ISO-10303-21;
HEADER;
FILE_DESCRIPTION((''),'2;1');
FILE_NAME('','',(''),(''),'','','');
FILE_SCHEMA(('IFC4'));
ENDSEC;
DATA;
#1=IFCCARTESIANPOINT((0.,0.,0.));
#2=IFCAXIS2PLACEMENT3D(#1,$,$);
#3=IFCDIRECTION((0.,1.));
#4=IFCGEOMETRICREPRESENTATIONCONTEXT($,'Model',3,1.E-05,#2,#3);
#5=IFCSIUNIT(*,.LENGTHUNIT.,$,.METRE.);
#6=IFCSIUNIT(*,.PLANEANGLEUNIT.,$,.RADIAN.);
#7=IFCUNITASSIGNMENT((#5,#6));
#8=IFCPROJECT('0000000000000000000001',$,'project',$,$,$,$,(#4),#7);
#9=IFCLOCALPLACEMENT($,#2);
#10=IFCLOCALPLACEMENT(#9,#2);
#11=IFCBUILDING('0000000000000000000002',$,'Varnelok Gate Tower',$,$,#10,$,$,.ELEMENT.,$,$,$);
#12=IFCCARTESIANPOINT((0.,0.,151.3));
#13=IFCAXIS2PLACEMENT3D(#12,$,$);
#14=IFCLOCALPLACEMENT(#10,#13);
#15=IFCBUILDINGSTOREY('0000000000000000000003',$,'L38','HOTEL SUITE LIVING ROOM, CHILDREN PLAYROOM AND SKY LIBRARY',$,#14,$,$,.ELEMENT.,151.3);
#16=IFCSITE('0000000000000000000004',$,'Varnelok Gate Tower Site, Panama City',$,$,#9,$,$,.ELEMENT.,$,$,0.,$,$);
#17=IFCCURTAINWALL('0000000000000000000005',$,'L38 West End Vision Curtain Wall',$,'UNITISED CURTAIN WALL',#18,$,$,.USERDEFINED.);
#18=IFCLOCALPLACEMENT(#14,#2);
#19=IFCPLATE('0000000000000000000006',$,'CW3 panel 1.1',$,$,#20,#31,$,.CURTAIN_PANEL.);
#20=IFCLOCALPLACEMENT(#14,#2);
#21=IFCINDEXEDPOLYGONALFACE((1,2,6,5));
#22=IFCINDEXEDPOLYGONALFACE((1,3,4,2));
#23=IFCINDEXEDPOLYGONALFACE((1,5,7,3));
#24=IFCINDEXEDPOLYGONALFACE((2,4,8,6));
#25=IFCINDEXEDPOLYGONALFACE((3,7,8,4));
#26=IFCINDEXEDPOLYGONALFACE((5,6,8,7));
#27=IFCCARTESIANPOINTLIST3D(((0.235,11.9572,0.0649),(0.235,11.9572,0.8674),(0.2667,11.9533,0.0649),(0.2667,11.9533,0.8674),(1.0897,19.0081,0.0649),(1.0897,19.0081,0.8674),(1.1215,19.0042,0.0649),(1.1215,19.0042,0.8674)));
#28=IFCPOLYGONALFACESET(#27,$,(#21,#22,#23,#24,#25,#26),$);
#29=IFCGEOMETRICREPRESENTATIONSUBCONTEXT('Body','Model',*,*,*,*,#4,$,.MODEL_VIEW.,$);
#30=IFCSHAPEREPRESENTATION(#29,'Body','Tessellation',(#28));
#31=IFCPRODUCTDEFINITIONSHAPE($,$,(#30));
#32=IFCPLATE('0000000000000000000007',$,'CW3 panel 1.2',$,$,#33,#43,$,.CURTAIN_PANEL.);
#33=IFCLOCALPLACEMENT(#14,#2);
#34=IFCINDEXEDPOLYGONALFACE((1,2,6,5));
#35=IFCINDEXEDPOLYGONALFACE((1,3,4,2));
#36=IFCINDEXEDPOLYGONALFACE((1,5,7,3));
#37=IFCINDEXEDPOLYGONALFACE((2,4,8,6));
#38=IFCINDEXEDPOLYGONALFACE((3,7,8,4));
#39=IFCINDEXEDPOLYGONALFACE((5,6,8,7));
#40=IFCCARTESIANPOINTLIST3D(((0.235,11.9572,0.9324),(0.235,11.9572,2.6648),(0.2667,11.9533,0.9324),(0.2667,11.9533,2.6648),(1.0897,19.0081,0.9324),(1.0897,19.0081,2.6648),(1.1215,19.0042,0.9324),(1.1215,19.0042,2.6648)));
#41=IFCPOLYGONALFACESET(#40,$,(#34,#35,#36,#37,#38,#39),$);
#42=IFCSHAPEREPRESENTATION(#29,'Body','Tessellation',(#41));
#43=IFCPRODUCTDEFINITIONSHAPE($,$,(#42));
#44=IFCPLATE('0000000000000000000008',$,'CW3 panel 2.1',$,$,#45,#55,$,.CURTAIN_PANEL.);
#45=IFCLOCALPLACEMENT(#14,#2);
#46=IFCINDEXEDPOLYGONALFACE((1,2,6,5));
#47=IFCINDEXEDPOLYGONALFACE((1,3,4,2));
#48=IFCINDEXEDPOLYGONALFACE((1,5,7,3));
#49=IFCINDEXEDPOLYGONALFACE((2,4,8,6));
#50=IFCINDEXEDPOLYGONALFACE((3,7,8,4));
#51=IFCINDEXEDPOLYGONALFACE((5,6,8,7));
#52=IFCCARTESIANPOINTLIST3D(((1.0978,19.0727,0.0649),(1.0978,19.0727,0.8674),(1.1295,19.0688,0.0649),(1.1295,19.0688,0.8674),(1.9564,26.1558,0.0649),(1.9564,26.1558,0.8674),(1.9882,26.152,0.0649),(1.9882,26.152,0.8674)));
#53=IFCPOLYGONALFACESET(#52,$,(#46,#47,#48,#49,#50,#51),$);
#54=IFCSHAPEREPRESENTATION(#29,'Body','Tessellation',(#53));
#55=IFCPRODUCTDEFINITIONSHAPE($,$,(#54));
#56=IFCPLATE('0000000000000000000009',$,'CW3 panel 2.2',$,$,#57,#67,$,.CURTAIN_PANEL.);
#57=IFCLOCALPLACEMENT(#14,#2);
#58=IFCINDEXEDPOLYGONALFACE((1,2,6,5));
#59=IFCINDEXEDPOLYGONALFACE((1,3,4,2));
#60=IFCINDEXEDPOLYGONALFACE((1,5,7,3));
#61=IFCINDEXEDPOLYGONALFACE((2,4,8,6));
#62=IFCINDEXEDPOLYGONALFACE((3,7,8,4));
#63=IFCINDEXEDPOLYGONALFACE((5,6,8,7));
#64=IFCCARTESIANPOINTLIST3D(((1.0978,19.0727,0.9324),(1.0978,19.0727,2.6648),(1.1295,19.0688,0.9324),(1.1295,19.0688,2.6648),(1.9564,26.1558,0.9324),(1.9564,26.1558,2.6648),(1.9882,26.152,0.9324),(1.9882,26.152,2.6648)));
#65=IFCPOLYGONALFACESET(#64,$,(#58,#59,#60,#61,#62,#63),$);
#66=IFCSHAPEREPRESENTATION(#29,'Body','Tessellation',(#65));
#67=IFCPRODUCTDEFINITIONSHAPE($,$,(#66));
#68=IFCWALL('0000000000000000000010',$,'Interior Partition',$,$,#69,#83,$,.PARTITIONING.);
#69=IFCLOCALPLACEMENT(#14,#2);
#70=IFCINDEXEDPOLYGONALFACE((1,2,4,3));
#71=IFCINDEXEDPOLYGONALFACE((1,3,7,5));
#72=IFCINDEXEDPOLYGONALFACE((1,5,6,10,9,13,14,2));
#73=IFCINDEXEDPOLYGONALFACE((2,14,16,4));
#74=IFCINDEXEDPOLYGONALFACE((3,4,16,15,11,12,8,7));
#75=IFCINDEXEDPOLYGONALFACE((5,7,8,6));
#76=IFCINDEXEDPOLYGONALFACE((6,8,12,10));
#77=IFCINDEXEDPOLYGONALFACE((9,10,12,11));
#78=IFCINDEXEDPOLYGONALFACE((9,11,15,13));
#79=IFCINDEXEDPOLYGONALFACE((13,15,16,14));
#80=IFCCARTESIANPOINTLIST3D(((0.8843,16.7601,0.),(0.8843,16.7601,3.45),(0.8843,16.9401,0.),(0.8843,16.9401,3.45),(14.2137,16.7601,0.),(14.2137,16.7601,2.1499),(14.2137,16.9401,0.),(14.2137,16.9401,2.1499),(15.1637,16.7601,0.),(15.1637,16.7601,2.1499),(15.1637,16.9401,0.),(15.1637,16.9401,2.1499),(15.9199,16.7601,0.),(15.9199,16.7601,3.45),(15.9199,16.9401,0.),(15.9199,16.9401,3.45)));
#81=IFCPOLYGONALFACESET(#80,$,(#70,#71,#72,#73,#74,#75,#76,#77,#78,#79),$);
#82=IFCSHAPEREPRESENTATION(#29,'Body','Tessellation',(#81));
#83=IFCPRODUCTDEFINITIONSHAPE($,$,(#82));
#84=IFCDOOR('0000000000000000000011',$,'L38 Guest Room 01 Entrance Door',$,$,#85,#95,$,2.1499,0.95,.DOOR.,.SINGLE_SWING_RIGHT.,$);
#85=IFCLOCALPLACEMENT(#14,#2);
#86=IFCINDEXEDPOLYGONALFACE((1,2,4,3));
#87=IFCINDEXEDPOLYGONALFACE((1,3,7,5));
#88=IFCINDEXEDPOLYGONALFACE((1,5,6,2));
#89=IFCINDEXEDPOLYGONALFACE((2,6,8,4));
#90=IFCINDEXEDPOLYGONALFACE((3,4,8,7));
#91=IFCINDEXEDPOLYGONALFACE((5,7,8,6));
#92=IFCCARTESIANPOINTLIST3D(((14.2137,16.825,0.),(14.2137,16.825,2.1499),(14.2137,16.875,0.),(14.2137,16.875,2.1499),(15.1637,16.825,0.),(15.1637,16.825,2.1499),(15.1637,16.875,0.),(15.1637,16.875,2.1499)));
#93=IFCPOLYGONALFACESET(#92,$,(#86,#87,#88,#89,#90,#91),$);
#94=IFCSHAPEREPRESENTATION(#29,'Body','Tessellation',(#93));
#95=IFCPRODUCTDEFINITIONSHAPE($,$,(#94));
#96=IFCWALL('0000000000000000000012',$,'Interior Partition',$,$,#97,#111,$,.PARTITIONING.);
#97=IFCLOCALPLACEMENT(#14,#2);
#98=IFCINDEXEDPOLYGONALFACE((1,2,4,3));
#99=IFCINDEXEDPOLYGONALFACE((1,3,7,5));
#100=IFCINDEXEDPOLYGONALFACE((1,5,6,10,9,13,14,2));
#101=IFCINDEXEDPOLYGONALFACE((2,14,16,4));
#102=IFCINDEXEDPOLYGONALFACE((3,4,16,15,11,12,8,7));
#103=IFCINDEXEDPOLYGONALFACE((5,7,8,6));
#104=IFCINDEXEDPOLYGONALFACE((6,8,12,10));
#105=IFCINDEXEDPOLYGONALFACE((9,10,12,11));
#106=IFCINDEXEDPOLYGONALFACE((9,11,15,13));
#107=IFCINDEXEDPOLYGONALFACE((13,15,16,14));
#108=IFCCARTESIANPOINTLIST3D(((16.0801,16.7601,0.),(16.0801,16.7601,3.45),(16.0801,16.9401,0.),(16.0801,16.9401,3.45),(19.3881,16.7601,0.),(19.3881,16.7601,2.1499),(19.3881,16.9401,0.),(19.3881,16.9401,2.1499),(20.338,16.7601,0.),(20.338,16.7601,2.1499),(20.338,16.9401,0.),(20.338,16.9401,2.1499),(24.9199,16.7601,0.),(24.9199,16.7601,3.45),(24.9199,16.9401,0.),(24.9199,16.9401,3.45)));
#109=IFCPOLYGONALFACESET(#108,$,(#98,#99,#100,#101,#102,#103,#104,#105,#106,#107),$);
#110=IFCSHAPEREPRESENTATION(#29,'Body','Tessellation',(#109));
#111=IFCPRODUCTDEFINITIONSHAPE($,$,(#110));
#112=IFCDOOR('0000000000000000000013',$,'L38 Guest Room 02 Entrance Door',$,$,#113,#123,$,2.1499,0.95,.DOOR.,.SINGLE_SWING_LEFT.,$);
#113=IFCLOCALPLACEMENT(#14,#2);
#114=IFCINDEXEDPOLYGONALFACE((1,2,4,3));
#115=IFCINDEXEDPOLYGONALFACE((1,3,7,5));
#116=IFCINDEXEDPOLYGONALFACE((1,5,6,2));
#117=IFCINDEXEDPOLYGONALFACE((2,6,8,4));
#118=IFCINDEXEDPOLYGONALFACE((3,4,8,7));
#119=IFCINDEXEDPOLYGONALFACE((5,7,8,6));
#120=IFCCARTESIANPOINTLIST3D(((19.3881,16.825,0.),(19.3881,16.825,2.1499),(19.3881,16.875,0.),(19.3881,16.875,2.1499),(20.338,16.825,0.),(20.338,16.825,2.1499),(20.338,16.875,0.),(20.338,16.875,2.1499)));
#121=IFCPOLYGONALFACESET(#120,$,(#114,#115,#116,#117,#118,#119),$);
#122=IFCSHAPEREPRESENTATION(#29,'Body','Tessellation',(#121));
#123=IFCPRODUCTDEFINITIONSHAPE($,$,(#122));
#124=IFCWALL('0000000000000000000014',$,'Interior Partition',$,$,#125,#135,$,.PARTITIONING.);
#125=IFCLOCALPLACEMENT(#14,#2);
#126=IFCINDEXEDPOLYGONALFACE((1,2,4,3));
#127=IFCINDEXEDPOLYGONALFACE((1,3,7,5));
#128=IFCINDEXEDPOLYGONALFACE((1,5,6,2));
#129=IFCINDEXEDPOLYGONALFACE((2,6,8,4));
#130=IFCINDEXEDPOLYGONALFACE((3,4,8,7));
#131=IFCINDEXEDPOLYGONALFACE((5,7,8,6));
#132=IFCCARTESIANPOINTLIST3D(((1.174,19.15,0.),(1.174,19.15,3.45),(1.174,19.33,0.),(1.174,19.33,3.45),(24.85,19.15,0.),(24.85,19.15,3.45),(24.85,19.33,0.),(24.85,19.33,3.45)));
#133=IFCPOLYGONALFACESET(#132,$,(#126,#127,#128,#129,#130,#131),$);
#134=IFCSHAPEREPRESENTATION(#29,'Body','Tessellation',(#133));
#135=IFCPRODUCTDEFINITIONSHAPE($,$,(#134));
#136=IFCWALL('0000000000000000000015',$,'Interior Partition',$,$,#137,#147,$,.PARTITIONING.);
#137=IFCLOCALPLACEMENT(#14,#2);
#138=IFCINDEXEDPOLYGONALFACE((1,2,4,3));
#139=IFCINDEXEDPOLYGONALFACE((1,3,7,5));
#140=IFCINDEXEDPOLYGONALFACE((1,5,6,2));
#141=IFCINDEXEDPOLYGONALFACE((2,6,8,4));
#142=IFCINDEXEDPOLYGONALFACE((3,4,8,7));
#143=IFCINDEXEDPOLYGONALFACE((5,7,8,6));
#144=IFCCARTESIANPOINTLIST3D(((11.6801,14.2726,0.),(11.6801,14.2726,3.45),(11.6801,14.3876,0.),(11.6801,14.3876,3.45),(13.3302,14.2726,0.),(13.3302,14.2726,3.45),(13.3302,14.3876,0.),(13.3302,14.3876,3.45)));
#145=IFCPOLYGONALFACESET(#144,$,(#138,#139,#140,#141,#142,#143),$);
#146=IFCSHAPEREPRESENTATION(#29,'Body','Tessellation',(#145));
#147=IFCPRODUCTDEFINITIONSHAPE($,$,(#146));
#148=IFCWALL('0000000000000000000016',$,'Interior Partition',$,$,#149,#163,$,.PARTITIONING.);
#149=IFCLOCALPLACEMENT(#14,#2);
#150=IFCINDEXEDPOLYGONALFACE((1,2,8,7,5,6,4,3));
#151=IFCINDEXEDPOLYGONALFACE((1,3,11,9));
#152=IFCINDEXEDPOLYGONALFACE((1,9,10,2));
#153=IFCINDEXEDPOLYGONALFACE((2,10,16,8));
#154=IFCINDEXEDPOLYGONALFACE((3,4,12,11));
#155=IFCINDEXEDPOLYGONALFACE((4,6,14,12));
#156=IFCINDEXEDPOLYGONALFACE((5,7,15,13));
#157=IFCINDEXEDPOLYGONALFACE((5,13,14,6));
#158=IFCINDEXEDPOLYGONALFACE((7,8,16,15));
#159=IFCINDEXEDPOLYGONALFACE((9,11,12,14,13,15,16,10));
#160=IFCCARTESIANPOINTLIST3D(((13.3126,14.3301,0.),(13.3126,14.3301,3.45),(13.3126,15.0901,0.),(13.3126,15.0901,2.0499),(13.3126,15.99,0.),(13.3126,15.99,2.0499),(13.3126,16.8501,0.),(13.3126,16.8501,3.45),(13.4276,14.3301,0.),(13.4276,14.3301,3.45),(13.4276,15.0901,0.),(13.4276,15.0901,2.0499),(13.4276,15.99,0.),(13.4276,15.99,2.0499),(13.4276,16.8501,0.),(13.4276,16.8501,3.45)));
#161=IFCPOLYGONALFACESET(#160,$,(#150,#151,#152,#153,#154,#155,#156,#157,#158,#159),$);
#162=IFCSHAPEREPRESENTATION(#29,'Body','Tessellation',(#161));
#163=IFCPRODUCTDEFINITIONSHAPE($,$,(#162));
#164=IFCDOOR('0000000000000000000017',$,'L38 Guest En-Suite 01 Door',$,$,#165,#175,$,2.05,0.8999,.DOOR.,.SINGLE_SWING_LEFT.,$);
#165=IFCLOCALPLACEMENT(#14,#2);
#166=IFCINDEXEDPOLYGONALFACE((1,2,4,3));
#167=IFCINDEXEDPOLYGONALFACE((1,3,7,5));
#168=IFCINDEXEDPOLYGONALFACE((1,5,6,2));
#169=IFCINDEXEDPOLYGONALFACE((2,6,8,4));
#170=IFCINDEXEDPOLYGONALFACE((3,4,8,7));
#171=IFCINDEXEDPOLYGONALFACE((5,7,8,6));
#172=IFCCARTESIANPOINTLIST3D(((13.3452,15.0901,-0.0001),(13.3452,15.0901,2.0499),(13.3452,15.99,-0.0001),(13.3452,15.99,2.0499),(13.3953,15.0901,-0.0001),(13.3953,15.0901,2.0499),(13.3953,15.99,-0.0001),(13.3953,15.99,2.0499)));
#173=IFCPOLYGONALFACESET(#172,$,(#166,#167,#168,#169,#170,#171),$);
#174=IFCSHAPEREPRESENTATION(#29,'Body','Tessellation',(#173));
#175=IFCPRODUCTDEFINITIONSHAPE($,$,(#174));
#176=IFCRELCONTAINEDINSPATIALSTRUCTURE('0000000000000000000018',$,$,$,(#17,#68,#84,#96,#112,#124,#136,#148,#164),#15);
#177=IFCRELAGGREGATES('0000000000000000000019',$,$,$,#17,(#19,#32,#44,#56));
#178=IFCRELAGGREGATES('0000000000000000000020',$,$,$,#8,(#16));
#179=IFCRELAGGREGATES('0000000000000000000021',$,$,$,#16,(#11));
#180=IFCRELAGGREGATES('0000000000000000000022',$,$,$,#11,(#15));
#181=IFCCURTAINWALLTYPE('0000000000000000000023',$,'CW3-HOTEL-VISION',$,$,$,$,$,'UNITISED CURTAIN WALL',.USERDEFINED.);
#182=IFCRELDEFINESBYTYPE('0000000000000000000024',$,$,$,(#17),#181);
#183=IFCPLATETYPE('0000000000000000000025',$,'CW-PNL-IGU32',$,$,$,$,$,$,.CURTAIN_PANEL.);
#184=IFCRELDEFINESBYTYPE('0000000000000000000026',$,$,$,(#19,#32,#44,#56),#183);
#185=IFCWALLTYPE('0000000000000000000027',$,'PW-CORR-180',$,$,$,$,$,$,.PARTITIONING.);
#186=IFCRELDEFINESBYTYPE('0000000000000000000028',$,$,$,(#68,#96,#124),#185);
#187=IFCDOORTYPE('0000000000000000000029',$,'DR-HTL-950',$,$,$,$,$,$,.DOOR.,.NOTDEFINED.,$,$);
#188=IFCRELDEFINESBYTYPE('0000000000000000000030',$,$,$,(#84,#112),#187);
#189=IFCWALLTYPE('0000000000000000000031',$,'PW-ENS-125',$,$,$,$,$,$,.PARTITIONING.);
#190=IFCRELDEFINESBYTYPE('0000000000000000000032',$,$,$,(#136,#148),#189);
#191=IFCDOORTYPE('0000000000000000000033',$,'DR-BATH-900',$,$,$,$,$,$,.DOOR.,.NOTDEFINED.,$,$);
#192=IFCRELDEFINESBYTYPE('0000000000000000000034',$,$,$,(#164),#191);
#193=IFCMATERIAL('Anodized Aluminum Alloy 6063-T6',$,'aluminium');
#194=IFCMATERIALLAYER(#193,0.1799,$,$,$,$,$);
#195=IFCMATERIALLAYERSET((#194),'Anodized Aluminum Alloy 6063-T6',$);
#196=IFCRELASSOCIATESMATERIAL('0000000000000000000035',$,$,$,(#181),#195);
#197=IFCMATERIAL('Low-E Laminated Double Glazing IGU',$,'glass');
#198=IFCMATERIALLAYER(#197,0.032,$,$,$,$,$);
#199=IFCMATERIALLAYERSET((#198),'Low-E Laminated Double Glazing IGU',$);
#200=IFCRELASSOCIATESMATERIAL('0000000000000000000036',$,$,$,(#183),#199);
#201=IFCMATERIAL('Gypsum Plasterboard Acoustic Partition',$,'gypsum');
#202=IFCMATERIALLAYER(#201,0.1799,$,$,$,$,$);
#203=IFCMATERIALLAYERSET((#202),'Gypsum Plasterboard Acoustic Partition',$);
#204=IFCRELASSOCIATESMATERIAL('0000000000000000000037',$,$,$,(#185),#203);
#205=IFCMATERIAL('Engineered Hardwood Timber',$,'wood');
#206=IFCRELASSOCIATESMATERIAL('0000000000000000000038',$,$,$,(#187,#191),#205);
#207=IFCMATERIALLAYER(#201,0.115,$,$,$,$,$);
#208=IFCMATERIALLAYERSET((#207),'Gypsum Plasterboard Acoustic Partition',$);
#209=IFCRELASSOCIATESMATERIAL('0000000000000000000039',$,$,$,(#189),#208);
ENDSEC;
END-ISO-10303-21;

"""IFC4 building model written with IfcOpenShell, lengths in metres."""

from ifc_helpers import new_model, si_unit, direction, frame, frame_2d, origin, origin_2d, place, context, subcontext, project, spatial, rectangle, extrude, source, transform, mapped, material, layer, layer_set, type_object, element, fill, aggregate, save


model = new_model("IFC4")

# Units and contexts
model_context = context("Model", 3, precision=1e-05, world=origin(), true_north=direction((0.0, 1.0)))
body_context = subcontext(model_context, "Body", "Model", "MODEL_VIEW")
ifc_project = project(units=[si_unit("LENGTHUNIT", "METRE"), si_unit("PLANEANGLEUNIT", "RADIAN")], contexts=[model_context])

# Site, building, storey
site_placement = place(None, origin())
site = spatial("IfcSite", under=ifc_project, at=site_placement, Name="Varnelok Gate Tower Site, Panama City", CompositionType="ELEMENT", RefElevation=0.0)
building_placement = place(site_placement, origin())
building = spatial("IfcBuilding", under=site, at=building_placement, Name="Varnelok Gate Tower", CompositionType="ELEMENT")
storey_placement = place(building_placement, frame((0.0, 0.0, 151.3)))
storey = spatial("IfcBuildingStorey", under=building, at=storey_placement, Name="L38", Description="HOTEL SUITE LIVING ROOM, CHILDREN PLAYROOM AND SKY LIBRARY", CompositionType="ELEMENT", Elevation=151.3)

# Curtain wall, plates
ifc_material_1 = material(Name="Anodized Aluminum Alloy 6063-T6", Category="aluminium")
ifc_layer_1 = layer(ifc_material_1, 0.1799)
ifc_layer_set_1 = layer_set([ifc_layer_1], Name="Anodized Aluminum Alloy 6063-T6")
curtain_wall_type = type_object("IfcCurtainWallType", Name="CW3-HOTEL-VISION", ElementType="UNITISED CURTAIN WALL", PredefinedType="USERDEFINED", material=ifc_layer_set_1)
curtain_wall_placement = place(storey_placement, origin())
curtain_wall = element("IfcCurtainWall", 1, at=curtain_wall_placement, inside=storey, type_object=curtain_wall_type, Name="L38 West End Vision Curtain Wall", ObjectType="UNITISED CURTAIN WALL", PredefinedType="USERDEFINED")
ifc_material_2 = material(Name="Low-E Laminated Double Glazing IGU", Category="glass")
ifc_layer_2 = layer(ifc_material_2, 0.032)
ifc_layer_set_2 = layer_set([ifc_layer_2], Name="Low-E Laminated Double Glazing IGU")
plate_type = type_object("IfcPlateType", Name="CW-PNL-IGU32", PredefinedType="CURTAIN_PANEL", material=ifc_layer_set_2)
shared_shape_1 = source(origin(), body_context, "Body", "SweptSolid", [
    extrude(rectangle(XDim=7.1025, YDim=0.032, at=origin_2d()), origin(), (0.0, 0.0, 1.0), 0.8025),
])
plate_1_placement = place(storey_placement, frame((0.6782, 15.4807, 0.0649), z_axis=(0.0, 0.0, 1.0), x_axis=(0.120347, 0.992732, 0.0)))
plate_1 = element("IfcPlate", 2, at=plate_1_placement, type_object=plate_type, Name="CW3 panel 1.1", PredefinedType="CURTAIN_PANEL", context=body_context, shape_type="MappedRepresentation", body=[
    mapped(shared_shape_1, transform((0.0, 0.0, 0.0), scale=1.0)),
])
shared_shape_2 = source(origin(), body_context, "Body", "SweptSolid", [
    extrude(rectangle(XDim=7.1025, YDim=0.032, at=origin_2d()), origin(), (0.0, 0.0, 1.0), 1.7324),
])
plate_2_placement = place(storey_placement, frame((0.6782, 15.4807, 0.9324), z_axis=(0.0, 0.0, 1.0), x_axis=(0.120347, 0.992732, 0.0)))
plate_2 = element("IfcPlate", 3, at=plate_2_placement, type_object=plate_type, Name="CW3 panel 1.2", PredefinedType="CURTAIN_PANEL", context=body_context, shape_type="MappedRepresentation", body=[
    mapped(shared_shape_2, transform((0.0, 0.0, 0.0), scale=1.0)),
])
shared_shape_3 = source(origin(), body_context, "Body", "SweptSolid", [
    extrude(rectangle(XDim=7.135, YDim=0.032, at=origin_2d()), origin(), (0.0, 0.0, 1.0), 0.8025),
])
plate_3_placement = place(storey_placement, frame((1.543, 22.6123, 0.0649), z_axis=(0.0, 0.0, 1.0), x_axis=(0.120347, 0.992732, 0.0)))
plate_3 = element("IfcPlate", 4, at=plate_3_placement, type_object=plate_type, Name="CW3 panel 2.1", PredefinedType="CURTAIN_PANEL", context=body_context, shape_type="MappedRepresentation", body=[
    mapped(shared_shape_3, transform((0.0, 0.0, 0.0), scale=1.0)),
])
shared_shape_4 = source(origin(), body_context, "Body", "SweptSolid", [
    extrude(rectangle(XDim=7.135, YDim=0.032, at=origin_2d()), origin(), (0.0, 0.0, 1.0), 1.7324),
])
plate_4_placement = place(storey_placement, frame((1.543, 22.6123, 0.9324), z_axis=(0.0, 0.0, 1.0), x_axis=(0.120347, 0.992732, 0.0)))
plate_4 = element("IfcPlate", 5, at=plate_4_placement, type_object=plate_type, Name="CW3 panel 2.2", PredefinedType="CURTAIN_PANEL", context=body_context, shape_type="MappedRepresentation", body=[
    mapped(shared_shape_4, transform((0.0, 0.0, 0.0), scale=1.0)),
])
aggregate(curtain_wall, [plate_1, plate_2, plate_3, plate_4])

# Walls, openings, doors
ifc_material_3 = material(Name="Gypsum Plasterboard Acoustic Partition", Category="gypsum")
ifc_layer_3 = layer(ifc_material_3, 0.1799)
ifc_layer_set_3 = layer_set([ifc_layer_3], Name="Gypsum Plasterboard Acoustic Partition")
wall_type_1 = type_object("IfcWallType", Name="PW-CORR-180", PredefinedType="PARTITIONING", material=ifc_layer_set_3)
wall_1_placement = place(storey_placement, frame((0.8843, 16.8501, 0.0), z_axis=(0.0, 0.0, 1.0), x_axis=(1.0, 0.0, 0.0)))
wall_1 = element("IfcWall", 6, at=wall_1_placement, inside=storey, type_object=wall_type_1, Name="Interior Partition", PredefinedType="PARTITIONING", context=body_context, shape_type="SweptSolid", body=[
    extrude(rectangle(XDim=15.0356, YDim=0.1799, at=frame_2d((7.5178, 0.0))), origin(), (0.0, 0.0, 1.0), 3.45),
])
opening_1_placement = place(wall_1_placement, frame((13.3293, 0.0, 0.0)))
opening_1 = element("IfcOpeningElement", 7, at=opening_1_placement, cuts=wall_1, PredefinedType="OPENING", context=body_context, shape_type="SweptSolid", body=[
    extrude(rectangle(XDim=0.95, YDim=2.1499, at=frame_2d((0.4751, 1.075))), frame((0.0, 0.0999, 0.0), z_axis=(0.0, -1.0, 0.0), x_axis=(1.0, 0.0, 0.0)), (0.0, 0.0, 1.0), 0.2),
])
ifc_material_4 = material(Name="Engineered Hardwood Timber", Category="wood")
door_type_1 = type_object("IfcDoorType", Name="DR-HTL-950", OperationType="NOTDEFINED", PredefinedType="DOOR", material=ifc_material_4)
door_1_placement = place(opening_1_placement, origin())
door_1 = element("IfcDoor", 8, at=door_1_placement, inside=storey, type_object=door_type_1, Name="L38 Guest Room 01 Entrance Door", OperationType="SINGLE_SWING_RIGHT", OverallHeight=2.1499, OverallWidth=0.95, PredefinedType="DOOR", context=body_context, shape_type="SweptSolid", body=[
    extrude(rectangle(XDim=0.95, YDim=2.1499, at=frame_2d((0.4751, 1.075))), frame((0.0, 0.0249, 0.0), z_axis=(0.0, -1.0, 0.0), x_axis=(1.0, 0.0, 0.0)), (0.0, 0.0, 1.0), 0.05),
])
fill(opening_1, door_1)
wall_2_placement = place(storey_placement, frame((16.0801, 16.8501, 0.0), z_axis=(0.0, 0.0, 1.0), x_axis=(1.0, 0.0, 0.0)))
wall_2 = element("IfcWall", 9, at=wall_2_placement, inside=storey, type_object=wall_type_1, Name="Interior Partition", PredefinedType="PARTITIONING", context=body_context, shape_type="SweptSolid", body=[
    extrude(rectangle(XDim=8.8398, YDim=0.1799, at=frame_2d((4.4199, 0.0))), origin(), (0.0, 0.0, 1.0), 3.45),
])
opening_2_placement = place(wall_2_placement, frame((3.3079, 0.0, 0.0)))
opening_2 = element("IfcOpeningElement", 10, at=opening_2_placement, cuts=wall_2, PredefinedType="OPENING", context=body_context, shape_type="SweptSolid", body=[
    extrude(rectangle(XDim=0.95, YDim=2.1499, at=frame_2d((0.4751, 1.075))), frame((0.0, 0.0999, 0.0), z_axis=(0.0, -1.0, 0.0), x_axis=(1.0, 0.0, 0.0)), (0.0, 0.0, 1.0), 0.2),
])
door_2_placement = place(opening_2_placement, origin())
door_2 = element("IfcDoor", 11, at=door_2_placement, inside=storey, type_object=door_type_1, Name="L38 Guest Room 02 Entrance Door", OperationType="SINGLE_SWING_LEFT", OverallHeight=2.1499, OverallWidth=0.95, PredefinedType="DOOR", context=body_context, shape_type="SweptSolid", body=[
    extrude(rectangle(XDim=0.95, YDim=2.1499, at=frame_2d((0.4751, 1.075))), frame((0.0, 0.0249, 0.0), z_axis=(0.0, -1.0, 0.0), x_axis=(1.0, 0.0, 0.0)), (0.0, 0.0, 1.0), 0.05),
])
fill(opening_2, door_2)

# Walls
wall_3_placement = place(storey_placement, frame((1.1741, 19.24, 0.0), z_axis=(0.0, 0.0, 1.0), x_axis=(1.0, 0.0, 0.0)))
element("IfcWall", 12, at=wall_3_placement, inside=storey, type_object=wall_type_1, Name="Interior Partition", PredefinedType="PARTITIONING", context=body_context, shape_type="SweptSolid", body=[
    extrude(rectangle(XDim=23.676, YDim=0.1799, at=frame_2d((11.8379, 0.0))), origin(), (0.0, 0.0, 1.0), 3.45),
])
ifc_layer_4 = layer(ifc_material_3, 0.115)
ifc_layer_set_4 = layer_set([ifc_layer_4], Name="Gypsum Plasterboard Acoustic Partition")
wall_type_2 = type_object("IfcWallType", Name="PW-ENS-125", PredefinedType="PARTITIONING", material=ifc_layer_set_4)
wall_4_placement = place(storey_placement, frame((11.6799, 14.3301, 0.0), z_axis=(0.0, 0.0, 1.0), x_axis=(1.0, 0.0, 0.0)))
element("IfcWall", 13, at=wall_4_placement, inside=storey, type_object=wall_type_2, Name="Interior Partition", PredefinedType="PARTITIONING", context=body_context, shape_type="SweptSolid", body=[
    extrude(rectangle(XDim=1.6501, YDim=0.115, at=frame_2d((0.8252, 0.0))), origin(), (0.0, 0.0, 1.0), 3.45),
])

# Wall, opening, door
wall_5_placement = place(storey_placement, frame((13.3701, 14.3301, 0.0), z_axis=(0.0, 0.0, 1.0), x_axis=(0.0, 1.0, 0.0)))
wall_5 = element("IfcWall", 14, at=wall_5_placement, inside=storey, type_object=wall_type_2, Name="Interior Partition", PredefinedType="PARTITIONING", context=body_context, shape_type="SweptSolid", body=[
    extrude(rectangle(XDim=2.52, YDim=0.115, at=frame_2d((1.26, 0.0))), origin(), (0.0, 0.0, 1.0), 3.45),
])
opening_3_placement = place(wall_5_placement, frame((0.76, 0.0, 0.0)))
opening_3 = element("IfcOpeningElement", 15, at=opening_3_placement, cuts=wall_5, PredefinedType="OPENING", context=body_context, shape_type="SweptSolid", body=[
    extrude(rectangle(XDim=0.8999, YDim=2.05, at=frame_2d((0.45, 1.0249))), frame((0.0, 0.0674, 0.0), z_axis=(0.0, -1.0, 0.0), x_axis=(1.0, 0.0, 0.0)), (0.0, 0.0, 1.0), 0.135),
])
door_type_2 = type_object("IfcDoorType", Name="DR-BATH-900", OperationType="NOTDEFINED", PredefinedType="DOOR", material=ifc_material_4)
door_3_placement = place(opening_3_placement, origin())
door_3 = element("IfcDoor", 16, at=door_3_placement, inside=storey, type_object=door_type_2, Name="L38 Guest En-Suite 01 Door", OperationType="SINGLE_SWING_LEFT", OverallHeight=2.05, OverallWidth=0.8999, PredefinedType="DOOR", context=body_context, shape_type="SweptSolid", body=[
    extrude(rectangle(XDim=0.8999, YDim=2.05, at=frame_2d((0.45, 1.0249))), frame((0.0, 0.0249, 0.0), z_axis=(0.0, -1.0, 0.0), x_axis=(1.0, 0.0, 0.0)), (0.0, 0.0, 1.0), 0.05),
])
fill(opening_3, door_3)

save(model, "model.ifc")
